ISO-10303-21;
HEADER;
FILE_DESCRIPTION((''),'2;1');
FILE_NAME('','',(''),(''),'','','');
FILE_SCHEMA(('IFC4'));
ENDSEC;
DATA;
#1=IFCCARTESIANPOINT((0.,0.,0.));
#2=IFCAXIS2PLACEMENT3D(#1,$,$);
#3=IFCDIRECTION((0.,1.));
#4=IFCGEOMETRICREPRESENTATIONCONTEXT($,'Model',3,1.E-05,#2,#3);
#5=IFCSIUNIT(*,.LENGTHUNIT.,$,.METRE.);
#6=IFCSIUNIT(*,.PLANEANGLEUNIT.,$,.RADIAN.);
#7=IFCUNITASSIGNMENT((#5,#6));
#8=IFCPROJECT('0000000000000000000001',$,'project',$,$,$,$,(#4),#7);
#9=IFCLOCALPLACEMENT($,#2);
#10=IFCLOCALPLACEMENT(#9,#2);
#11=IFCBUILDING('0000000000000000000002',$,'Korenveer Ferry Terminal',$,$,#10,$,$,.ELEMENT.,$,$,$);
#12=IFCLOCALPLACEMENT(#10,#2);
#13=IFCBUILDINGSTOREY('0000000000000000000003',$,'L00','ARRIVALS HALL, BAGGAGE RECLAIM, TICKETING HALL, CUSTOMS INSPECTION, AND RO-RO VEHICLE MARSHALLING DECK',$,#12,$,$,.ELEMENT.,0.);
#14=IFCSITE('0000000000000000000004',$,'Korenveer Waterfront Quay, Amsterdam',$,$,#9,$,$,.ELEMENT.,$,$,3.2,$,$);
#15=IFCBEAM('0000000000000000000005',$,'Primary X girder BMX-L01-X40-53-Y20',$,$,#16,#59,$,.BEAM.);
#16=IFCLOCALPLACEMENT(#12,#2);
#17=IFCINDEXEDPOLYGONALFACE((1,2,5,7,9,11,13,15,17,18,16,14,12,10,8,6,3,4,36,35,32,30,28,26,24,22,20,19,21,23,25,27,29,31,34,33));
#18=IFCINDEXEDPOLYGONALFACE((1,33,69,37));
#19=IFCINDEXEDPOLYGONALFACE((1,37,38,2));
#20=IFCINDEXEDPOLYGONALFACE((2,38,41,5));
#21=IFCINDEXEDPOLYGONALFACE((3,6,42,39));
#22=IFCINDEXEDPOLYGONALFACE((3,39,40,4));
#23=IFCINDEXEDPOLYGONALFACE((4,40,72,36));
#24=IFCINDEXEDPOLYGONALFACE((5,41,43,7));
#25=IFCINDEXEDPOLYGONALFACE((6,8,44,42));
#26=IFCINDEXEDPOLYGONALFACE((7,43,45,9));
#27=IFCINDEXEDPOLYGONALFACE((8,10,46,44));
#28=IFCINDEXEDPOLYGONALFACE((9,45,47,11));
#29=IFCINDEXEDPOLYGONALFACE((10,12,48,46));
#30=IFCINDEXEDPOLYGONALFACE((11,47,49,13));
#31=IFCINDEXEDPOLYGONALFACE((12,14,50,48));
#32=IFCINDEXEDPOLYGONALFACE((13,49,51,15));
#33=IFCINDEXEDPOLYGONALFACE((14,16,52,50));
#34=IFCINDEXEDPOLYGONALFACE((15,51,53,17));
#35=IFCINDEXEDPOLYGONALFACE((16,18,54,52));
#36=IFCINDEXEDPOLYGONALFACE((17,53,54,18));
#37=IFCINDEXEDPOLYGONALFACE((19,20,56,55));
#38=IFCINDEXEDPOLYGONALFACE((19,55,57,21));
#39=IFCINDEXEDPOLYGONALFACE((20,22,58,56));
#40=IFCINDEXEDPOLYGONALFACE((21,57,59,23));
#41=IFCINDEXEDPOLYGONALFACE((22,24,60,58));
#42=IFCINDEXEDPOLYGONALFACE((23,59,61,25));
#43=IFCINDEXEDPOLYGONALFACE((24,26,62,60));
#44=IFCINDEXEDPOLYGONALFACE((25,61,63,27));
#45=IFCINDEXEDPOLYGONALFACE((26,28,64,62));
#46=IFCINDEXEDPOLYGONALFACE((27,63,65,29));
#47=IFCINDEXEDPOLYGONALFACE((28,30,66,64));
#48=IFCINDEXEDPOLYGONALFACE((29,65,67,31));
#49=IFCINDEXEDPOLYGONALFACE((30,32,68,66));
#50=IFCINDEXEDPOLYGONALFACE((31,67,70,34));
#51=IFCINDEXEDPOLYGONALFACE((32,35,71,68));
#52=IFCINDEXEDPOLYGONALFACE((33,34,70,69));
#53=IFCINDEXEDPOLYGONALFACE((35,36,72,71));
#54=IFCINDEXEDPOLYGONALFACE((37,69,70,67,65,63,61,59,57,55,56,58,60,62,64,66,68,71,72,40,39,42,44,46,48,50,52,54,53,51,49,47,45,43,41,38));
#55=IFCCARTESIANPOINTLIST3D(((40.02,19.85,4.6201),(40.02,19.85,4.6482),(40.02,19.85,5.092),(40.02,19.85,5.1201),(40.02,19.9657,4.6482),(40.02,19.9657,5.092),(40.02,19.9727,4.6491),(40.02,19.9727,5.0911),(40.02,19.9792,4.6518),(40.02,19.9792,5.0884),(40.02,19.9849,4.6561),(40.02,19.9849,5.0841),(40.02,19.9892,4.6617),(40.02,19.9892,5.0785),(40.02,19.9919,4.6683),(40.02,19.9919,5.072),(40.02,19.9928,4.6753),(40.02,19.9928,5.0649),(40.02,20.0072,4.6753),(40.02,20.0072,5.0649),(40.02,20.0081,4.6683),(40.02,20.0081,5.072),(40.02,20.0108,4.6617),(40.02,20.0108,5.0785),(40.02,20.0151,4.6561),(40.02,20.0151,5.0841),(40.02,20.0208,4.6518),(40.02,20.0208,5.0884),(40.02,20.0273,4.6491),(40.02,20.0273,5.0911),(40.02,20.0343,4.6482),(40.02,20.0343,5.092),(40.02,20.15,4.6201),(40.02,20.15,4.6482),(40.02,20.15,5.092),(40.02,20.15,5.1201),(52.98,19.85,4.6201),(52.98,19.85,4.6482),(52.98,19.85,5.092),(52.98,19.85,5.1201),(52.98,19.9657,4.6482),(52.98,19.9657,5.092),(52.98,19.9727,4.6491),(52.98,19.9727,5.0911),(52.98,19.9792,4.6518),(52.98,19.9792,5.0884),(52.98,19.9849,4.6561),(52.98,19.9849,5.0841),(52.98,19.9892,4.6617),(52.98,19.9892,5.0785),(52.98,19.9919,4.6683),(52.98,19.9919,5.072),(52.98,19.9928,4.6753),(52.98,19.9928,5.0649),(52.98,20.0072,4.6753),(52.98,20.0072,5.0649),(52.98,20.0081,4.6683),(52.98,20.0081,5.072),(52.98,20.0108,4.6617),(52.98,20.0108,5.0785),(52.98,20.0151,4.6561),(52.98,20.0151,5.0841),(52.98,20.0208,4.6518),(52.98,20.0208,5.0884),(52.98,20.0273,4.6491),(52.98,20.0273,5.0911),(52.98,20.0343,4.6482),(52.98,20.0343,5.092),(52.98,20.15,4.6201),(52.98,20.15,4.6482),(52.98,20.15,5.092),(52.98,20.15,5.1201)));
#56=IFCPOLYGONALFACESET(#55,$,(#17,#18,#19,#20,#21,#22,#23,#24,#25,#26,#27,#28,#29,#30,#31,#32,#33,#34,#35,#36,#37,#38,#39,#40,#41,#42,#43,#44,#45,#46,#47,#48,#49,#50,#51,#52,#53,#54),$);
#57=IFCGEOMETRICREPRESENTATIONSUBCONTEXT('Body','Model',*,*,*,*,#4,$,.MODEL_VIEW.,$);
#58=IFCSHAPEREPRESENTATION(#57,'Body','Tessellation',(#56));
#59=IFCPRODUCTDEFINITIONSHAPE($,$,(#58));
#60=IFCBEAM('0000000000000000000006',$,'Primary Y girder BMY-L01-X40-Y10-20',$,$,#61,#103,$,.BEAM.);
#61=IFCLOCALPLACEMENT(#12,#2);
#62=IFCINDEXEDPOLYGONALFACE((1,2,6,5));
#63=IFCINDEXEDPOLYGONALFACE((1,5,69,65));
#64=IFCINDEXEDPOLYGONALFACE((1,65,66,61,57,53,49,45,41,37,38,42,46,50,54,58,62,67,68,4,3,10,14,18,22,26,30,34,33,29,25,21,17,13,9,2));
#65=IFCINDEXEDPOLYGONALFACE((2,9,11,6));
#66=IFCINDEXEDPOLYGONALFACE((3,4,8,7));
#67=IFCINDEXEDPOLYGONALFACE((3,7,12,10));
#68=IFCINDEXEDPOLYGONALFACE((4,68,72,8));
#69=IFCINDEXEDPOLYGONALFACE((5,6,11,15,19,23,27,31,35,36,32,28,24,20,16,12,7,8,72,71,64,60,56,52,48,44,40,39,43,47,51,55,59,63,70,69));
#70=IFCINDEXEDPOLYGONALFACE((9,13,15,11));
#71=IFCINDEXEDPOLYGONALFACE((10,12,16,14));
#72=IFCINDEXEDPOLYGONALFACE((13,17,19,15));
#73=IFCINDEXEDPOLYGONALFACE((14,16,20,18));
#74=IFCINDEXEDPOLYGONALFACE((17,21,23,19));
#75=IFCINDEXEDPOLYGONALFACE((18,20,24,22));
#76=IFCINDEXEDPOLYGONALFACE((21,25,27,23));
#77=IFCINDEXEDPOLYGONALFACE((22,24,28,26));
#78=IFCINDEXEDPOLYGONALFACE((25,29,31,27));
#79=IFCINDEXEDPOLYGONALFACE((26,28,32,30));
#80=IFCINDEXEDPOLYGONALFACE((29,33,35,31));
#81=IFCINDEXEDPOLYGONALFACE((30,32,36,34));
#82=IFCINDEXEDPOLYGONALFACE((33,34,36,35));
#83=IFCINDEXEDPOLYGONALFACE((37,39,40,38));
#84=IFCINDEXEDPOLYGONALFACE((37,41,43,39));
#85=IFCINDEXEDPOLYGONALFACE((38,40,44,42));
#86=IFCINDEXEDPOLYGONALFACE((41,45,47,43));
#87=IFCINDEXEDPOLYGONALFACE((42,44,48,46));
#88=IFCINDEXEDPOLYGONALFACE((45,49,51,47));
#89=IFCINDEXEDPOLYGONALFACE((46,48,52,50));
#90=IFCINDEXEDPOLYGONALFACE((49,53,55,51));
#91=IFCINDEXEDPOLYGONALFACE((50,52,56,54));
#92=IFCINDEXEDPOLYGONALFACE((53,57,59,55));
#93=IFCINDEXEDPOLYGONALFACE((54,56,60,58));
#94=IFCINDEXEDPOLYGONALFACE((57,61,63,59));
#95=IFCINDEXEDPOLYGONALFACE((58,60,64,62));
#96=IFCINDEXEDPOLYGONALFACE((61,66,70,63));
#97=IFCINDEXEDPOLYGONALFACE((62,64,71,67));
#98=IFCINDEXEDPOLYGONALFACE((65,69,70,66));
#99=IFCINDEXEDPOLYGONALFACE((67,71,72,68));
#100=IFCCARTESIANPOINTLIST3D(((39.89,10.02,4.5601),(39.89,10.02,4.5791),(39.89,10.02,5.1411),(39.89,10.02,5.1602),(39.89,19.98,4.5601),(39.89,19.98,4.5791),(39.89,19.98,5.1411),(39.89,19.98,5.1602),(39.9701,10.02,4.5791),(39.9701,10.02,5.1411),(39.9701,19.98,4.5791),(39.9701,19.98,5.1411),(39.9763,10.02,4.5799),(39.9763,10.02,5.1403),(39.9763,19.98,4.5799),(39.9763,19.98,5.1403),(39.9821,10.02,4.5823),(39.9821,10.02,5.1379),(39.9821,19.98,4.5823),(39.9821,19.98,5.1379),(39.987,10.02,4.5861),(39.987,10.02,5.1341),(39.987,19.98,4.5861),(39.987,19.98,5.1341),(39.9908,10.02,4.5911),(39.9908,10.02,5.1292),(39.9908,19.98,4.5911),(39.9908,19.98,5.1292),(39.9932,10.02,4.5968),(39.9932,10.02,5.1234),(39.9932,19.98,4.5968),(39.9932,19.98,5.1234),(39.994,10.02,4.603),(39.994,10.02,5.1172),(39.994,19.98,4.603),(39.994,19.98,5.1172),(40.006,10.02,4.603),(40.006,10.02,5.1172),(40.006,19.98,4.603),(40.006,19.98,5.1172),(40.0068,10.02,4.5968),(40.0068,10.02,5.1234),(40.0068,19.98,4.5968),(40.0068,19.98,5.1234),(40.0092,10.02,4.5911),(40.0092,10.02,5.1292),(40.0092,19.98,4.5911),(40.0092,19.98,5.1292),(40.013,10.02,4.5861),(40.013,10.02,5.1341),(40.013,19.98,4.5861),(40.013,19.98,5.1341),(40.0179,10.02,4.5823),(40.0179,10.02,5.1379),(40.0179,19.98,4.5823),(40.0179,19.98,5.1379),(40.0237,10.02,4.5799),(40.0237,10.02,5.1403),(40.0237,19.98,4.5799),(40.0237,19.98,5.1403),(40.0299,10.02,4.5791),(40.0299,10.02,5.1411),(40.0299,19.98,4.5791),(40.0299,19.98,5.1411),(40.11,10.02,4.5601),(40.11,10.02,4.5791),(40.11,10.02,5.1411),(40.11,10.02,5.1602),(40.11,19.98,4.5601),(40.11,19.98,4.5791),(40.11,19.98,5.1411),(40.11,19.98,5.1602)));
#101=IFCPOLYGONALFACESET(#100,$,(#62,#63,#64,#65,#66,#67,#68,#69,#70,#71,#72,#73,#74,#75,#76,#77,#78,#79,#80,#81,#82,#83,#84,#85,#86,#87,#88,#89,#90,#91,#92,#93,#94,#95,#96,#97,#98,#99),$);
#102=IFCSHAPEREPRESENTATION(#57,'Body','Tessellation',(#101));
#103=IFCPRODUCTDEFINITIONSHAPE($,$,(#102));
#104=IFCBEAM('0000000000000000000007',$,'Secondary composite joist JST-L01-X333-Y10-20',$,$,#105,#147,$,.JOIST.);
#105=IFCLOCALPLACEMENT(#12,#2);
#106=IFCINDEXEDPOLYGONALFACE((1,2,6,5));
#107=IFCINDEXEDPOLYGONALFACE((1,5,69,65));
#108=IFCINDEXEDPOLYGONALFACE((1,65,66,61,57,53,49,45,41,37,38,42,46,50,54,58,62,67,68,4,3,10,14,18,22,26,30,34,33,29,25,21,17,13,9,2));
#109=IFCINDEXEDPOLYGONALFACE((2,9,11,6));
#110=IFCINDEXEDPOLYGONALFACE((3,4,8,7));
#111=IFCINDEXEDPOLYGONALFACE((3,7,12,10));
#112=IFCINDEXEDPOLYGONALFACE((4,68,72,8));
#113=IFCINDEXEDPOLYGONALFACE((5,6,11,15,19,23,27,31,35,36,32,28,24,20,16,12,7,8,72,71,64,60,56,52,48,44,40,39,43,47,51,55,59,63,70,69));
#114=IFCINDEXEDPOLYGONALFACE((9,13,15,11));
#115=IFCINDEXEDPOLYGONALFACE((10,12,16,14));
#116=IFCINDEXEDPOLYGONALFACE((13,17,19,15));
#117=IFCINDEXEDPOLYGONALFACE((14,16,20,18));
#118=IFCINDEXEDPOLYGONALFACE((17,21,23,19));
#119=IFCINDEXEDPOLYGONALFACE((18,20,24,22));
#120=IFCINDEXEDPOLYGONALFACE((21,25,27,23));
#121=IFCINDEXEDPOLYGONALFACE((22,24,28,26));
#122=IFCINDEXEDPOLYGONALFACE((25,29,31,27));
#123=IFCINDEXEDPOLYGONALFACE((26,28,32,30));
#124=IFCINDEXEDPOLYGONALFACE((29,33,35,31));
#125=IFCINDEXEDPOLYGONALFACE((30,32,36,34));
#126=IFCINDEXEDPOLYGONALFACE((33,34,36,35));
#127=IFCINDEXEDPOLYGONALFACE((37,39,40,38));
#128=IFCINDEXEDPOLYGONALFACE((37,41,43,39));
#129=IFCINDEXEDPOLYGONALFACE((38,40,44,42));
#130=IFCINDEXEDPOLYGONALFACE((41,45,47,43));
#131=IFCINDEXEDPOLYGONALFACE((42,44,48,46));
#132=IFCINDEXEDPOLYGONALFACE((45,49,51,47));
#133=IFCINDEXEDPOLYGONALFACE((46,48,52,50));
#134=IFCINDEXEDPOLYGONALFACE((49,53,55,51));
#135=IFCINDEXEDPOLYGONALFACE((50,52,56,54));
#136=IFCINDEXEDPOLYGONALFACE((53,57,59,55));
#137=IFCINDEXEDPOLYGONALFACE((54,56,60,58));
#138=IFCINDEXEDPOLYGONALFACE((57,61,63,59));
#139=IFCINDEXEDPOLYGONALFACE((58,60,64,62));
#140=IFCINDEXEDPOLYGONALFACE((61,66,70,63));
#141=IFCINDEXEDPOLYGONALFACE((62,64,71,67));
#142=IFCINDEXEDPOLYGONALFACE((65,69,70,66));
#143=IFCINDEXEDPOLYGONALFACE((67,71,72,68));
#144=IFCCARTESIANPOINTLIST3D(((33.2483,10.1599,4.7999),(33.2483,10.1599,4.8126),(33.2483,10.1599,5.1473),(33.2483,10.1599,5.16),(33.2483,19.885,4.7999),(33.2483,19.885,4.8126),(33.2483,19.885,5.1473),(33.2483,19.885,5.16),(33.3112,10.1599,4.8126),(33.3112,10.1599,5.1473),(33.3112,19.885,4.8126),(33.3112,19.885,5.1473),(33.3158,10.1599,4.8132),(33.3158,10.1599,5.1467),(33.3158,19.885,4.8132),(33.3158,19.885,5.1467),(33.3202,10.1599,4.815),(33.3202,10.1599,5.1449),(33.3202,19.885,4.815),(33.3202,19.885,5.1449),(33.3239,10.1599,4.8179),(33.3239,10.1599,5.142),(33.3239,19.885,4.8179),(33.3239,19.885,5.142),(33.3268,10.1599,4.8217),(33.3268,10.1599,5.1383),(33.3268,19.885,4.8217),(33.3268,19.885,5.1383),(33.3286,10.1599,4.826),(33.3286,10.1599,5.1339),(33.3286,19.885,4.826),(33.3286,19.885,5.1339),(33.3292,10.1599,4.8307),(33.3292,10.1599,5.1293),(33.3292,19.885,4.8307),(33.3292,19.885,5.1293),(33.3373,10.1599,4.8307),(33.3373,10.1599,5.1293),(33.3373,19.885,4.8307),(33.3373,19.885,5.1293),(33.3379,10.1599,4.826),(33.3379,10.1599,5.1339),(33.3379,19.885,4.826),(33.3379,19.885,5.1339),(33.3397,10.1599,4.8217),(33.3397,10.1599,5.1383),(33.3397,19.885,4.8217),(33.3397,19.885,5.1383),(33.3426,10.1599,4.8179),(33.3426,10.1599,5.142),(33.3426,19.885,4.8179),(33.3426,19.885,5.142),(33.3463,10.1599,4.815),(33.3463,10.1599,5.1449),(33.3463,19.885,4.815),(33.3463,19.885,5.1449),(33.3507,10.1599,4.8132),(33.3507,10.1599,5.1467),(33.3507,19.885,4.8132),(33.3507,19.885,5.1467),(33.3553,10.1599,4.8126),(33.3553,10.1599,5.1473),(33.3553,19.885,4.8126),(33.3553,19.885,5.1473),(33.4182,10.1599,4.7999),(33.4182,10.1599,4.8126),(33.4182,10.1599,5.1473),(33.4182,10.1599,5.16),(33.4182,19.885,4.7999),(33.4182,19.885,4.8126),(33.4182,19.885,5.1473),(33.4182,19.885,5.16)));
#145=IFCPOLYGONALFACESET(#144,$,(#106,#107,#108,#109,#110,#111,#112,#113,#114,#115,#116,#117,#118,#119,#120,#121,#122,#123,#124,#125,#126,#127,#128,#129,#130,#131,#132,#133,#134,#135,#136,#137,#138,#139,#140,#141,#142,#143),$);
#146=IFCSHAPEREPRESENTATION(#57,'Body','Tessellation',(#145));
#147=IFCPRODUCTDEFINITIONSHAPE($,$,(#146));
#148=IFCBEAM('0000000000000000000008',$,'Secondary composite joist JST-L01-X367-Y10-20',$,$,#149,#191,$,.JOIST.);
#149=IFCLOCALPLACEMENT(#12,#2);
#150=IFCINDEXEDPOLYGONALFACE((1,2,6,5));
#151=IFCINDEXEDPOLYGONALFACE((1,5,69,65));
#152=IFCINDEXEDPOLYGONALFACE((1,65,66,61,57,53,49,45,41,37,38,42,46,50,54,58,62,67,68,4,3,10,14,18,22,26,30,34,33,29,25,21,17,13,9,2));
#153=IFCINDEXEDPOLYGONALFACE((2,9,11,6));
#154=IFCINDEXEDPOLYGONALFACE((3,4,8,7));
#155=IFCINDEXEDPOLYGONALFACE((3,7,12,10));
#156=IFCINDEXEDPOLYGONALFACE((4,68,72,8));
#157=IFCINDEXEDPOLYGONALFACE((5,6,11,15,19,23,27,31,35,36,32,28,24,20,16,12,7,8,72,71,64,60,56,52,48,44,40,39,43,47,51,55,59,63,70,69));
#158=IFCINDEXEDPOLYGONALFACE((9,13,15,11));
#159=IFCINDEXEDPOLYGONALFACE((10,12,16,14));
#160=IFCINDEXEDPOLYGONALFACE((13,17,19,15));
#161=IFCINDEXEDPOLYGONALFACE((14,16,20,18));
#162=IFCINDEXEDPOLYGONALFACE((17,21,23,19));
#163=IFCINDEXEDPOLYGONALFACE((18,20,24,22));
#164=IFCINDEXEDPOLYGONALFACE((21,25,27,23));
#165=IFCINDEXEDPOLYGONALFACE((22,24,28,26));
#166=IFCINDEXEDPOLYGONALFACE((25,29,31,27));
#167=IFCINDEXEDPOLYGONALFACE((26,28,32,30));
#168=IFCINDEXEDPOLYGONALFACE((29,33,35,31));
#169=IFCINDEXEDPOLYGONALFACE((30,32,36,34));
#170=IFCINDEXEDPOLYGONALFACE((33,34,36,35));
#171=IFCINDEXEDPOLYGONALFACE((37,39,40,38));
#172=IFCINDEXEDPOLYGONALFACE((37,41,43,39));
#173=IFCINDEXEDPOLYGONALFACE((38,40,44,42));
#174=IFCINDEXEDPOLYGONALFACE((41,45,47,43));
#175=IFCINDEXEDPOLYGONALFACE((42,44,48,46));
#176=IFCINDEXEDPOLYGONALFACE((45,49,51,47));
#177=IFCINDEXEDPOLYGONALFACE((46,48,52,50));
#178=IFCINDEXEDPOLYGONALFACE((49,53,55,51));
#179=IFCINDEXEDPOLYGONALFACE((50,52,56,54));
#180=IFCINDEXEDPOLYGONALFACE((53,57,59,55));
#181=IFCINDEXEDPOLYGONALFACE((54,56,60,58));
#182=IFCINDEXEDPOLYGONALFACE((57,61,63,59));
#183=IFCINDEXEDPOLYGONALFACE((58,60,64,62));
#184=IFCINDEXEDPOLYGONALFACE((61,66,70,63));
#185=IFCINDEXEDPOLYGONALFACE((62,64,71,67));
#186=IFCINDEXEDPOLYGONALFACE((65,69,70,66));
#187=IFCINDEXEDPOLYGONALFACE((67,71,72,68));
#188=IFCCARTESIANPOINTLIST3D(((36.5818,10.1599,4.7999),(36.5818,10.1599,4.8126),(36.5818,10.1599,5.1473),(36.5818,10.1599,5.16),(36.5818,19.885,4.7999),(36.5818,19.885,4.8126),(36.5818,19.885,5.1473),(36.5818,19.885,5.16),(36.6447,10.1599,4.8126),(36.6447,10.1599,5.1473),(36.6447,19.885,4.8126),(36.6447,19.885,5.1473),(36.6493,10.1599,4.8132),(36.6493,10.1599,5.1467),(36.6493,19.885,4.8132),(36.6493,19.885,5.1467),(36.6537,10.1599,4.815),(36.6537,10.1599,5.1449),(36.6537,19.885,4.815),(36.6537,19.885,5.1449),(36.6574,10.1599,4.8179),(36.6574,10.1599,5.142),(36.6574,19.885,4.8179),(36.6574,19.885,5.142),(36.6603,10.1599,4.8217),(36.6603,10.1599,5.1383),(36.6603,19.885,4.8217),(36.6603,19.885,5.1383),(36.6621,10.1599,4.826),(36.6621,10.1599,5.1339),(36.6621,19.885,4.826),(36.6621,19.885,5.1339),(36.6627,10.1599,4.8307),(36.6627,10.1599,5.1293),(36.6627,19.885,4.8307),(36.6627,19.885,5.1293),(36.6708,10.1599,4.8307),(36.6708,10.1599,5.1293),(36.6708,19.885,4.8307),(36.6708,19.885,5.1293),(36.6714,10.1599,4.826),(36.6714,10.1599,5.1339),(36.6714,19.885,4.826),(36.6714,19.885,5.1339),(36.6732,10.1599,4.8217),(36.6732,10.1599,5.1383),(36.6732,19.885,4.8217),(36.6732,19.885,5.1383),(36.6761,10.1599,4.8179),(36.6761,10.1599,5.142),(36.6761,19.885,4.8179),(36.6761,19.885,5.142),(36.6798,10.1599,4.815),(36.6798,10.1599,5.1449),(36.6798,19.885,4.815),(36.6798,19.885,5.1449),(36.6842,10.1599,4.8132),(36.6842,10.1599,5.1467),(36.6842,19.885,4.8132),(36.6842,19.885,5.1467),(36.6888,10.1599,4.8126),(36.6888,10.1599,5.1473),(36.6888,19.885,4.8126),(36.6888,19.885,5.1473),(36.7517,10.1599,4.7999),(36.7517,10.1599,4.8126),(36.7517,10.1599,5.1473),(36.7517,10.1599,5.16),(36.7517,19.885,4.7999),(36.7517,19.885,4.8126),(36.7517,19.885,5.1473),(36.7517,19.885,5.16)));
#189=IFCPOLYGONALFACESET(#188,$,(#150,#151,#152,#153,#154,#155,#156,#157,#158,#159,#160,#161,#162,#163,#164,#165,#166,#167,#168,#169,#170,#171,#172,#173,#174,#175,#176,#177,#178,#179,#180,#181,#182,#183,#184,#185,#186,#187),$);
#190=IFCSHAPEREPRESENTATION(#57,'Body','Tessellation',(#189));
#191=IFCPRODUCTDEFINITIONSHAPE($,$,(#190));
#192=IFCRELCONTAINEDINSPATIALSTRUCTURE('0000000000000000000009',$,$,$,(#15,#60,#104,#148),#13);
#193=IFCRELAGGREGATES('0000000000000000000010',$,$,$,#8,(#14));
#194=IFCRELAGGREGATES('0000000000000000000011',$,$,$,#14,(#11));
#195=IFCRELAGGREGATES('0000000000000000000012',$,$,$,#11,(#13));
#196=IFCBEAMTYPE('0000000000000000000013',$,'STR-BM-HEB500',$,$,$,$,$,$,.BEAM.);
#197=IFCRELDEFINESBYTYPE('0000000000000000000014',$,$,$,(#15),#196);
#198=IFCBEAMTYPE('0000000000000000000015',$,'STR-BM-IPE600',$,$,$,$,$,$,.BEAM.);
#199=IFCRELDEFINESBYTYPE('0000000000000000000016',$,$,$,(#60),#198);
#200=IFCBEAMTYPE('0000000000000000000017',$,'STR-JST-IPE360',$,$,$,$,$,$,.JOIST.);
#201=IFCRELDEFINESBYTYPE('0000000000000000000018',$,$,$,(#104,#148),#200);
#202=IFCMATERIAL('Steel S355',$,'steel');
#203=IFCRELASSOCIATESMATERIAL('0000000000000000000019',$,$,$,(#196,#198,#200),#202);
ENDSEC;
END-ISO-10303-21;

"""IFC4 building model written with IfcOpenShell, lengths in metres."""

from ifc_helpers import new_model, si_unit, direction, frame, origin, origin_2d, place, context, subcontext, project, spatial, i_section, extrude, material, material_profile, profile_set, type_object, element, save


model = new_model("IFC4")

# Units and contexts
model_context = context("Model", 3, precision=1e-05, world=origin(), true_north=direction((0.0, 1.0)))
body_context = subcontext(model_context, "Body", "Model", "MODEL_VIEW")
ifc_project = project(units=[si_unit("LENGTHUNIT", "METRE"), si_unit("PLANEANGLEUNIT", "RADIAN")], contexts=[model_context])

# Site, building, storey
site_placement = place(None, origin())
site = spatial("IfcSite", under=ifc_project, at=site_placement, Name="Korenveer Waterfront Quay, Amsterdam", CompositionType="ELEMENT", RefElevation=3.2)
building_placement = place(site_placement, origin())
building = spatial("IfcBuilding", under=site, at=building_placement, Name="Korenveer Ferry Terminal", CompositionType="ELEMENT")
storey_placement = place(building_placement, origin())
storey = spatial("IfcBuildingStorey", under=building, at=storey_placement, Name="L00", Description="ARRIVALS HALL, BAGGAGE RECLAIM, TICKETING HALL, CUSTOMS INSPECTION, AND RO-RO VEHICLE MARSHALLING DECK", CompositionType="ELEMENT", Elevation=0.0)

# Beams
ifc_material_1 = material(Name="Steel S355", Category="steel")
ifc_material_profile_1 = material_profile(ifc_material_1, i_section(OverallWidth=0.3, OverallDepth=0.5, WebThickness=0.0144, FlangeThickness=0.0281, FilletRadius=0.0271, at=origin_2d()), Name="HEB 500")
ifc_profile_set_1 = profile_set([ifc_material_profile_1], Name="Steel S355")
beam_type_1 = type_object("IfcBeamType", Name="STR-BM-HEB500", PredefinedType="BEAM", material=ifc_profile_set_1)
for number, where, z_axis, x_axis, name in (
    (1, (40.02, 20.0, 4.8701), (1.0, 0.0, 0.0), (0.0, 1.0, 0.0), "Primary X girder BMX-L01-X40-53-Y20"),
):
    element("IfcBeam", number, at=place(storey_placement, frame(where, z_axis=z_axis, x_axis=x_axis)), inside=storey, type_object=beam_type_1, Name=name, PredefinedType="BEAM", context=body_context, shape_type="SweptSolid", body=[
        extrude(i_section(OverallWidth=0.3, OverallDepth=0.5, WebThickness=0.0144, FlangeThickness=0.0281, FilletRadius=0.0271, at=origin_2d()), origin(), (0.0, 0.0, 1.0), 12.96),
    ])
ifc_material_profile_2 = material_profile(ifc_material_1, i_section(OverallWidth=0.22, OverallDepth=0.6001, WebThickness=0.012, FlangeThickness=0.019, FilletRadius=0.0239, at=origin_2d()), Name="IPE 600")
ifc_profile_set_2 = profile_set([ifc_material_profile_2], Name="Steel S355")
beam_type_2 = type_object("IfcBeamType", Name="STR-BM-IPE600", PredefinedType="BEAM", material=ifc_profile_set_2)
beam_placement = place(storey_placement, frame((40.0, 10.02, 4.8601), z_axis=(0.0, 1.0, 0.0), x_axis=(-1.0, 0.0, 0.0)))
element("IfcBeam", 2, at=beam_placement, inside=storey, type_object=beam_type_2, Name="Primary Y girder BMY-L01-X40-Y10-20", PredefinedType="BEAM", context=body_context, shape_type="SweptSolid", body=[
    extrude(i_section(OverallWidth=0.22, OverallDepth=0.6001, WebThickness=0.012, FlangeThickness=0.019, FilletRadius=0.0239, at=origin_2d()), origin(), (0.0, 0.0, 1.0), 9.96),
])
ifc_material_profile_3 = material_profile(ifc_material_1, i_section(OverallWidth=0.1699, OverallDepth=0.3601, WebThickness=0.0081, FlangeThickness=0.0127, FilletRadius=0.0181, at=origin_2d()), Name="IPE 360")
ifc_profile_set_3 = profile_set([ifc_material_profile_3], Name="Steel S355")
beam_type_3 = type_object("IfcBeamType", Name="STR-JST-IPE360", PredefinedType="JOIST", material=ifc_profile_set_3)
for number, where, z_axis, x_axis, name in (
    (3, (33.3333, 10.1599, 4.98), (0.0, 1.0, 0.0), (-1.0, 0.0, 0.0), "Secondary composite joist JST-L01-X333-Y10-20"),
    (4, (36.6667, 10.1599, 4.98), (0.0, 1.0, 0.0), (-1.0, 0.0, 0.0), "Secondary composite joist JST-L01-X367-Y10-20"),
):
    element("IfcBeam", number, at=place(storey_placement, frame(where, z_axis=z_axis, x_axis=x_axis)), inside=storey, type_object=beam_type_3, Name=name, PredefinedType="JOIST", context=body_context, shape_type="SweptSolid", body=[
        extrude(i_section(OverallWidth=0.1699, OverallDepth=0.3601, WebThickness=0.0081, FlangeThickness=0.0127, FilletRadius=0.0181, at=origin_2d()), origin(), (0.0, 0.0, 1.0), 9.7251),
    ])

save(model, "model.ifc")
